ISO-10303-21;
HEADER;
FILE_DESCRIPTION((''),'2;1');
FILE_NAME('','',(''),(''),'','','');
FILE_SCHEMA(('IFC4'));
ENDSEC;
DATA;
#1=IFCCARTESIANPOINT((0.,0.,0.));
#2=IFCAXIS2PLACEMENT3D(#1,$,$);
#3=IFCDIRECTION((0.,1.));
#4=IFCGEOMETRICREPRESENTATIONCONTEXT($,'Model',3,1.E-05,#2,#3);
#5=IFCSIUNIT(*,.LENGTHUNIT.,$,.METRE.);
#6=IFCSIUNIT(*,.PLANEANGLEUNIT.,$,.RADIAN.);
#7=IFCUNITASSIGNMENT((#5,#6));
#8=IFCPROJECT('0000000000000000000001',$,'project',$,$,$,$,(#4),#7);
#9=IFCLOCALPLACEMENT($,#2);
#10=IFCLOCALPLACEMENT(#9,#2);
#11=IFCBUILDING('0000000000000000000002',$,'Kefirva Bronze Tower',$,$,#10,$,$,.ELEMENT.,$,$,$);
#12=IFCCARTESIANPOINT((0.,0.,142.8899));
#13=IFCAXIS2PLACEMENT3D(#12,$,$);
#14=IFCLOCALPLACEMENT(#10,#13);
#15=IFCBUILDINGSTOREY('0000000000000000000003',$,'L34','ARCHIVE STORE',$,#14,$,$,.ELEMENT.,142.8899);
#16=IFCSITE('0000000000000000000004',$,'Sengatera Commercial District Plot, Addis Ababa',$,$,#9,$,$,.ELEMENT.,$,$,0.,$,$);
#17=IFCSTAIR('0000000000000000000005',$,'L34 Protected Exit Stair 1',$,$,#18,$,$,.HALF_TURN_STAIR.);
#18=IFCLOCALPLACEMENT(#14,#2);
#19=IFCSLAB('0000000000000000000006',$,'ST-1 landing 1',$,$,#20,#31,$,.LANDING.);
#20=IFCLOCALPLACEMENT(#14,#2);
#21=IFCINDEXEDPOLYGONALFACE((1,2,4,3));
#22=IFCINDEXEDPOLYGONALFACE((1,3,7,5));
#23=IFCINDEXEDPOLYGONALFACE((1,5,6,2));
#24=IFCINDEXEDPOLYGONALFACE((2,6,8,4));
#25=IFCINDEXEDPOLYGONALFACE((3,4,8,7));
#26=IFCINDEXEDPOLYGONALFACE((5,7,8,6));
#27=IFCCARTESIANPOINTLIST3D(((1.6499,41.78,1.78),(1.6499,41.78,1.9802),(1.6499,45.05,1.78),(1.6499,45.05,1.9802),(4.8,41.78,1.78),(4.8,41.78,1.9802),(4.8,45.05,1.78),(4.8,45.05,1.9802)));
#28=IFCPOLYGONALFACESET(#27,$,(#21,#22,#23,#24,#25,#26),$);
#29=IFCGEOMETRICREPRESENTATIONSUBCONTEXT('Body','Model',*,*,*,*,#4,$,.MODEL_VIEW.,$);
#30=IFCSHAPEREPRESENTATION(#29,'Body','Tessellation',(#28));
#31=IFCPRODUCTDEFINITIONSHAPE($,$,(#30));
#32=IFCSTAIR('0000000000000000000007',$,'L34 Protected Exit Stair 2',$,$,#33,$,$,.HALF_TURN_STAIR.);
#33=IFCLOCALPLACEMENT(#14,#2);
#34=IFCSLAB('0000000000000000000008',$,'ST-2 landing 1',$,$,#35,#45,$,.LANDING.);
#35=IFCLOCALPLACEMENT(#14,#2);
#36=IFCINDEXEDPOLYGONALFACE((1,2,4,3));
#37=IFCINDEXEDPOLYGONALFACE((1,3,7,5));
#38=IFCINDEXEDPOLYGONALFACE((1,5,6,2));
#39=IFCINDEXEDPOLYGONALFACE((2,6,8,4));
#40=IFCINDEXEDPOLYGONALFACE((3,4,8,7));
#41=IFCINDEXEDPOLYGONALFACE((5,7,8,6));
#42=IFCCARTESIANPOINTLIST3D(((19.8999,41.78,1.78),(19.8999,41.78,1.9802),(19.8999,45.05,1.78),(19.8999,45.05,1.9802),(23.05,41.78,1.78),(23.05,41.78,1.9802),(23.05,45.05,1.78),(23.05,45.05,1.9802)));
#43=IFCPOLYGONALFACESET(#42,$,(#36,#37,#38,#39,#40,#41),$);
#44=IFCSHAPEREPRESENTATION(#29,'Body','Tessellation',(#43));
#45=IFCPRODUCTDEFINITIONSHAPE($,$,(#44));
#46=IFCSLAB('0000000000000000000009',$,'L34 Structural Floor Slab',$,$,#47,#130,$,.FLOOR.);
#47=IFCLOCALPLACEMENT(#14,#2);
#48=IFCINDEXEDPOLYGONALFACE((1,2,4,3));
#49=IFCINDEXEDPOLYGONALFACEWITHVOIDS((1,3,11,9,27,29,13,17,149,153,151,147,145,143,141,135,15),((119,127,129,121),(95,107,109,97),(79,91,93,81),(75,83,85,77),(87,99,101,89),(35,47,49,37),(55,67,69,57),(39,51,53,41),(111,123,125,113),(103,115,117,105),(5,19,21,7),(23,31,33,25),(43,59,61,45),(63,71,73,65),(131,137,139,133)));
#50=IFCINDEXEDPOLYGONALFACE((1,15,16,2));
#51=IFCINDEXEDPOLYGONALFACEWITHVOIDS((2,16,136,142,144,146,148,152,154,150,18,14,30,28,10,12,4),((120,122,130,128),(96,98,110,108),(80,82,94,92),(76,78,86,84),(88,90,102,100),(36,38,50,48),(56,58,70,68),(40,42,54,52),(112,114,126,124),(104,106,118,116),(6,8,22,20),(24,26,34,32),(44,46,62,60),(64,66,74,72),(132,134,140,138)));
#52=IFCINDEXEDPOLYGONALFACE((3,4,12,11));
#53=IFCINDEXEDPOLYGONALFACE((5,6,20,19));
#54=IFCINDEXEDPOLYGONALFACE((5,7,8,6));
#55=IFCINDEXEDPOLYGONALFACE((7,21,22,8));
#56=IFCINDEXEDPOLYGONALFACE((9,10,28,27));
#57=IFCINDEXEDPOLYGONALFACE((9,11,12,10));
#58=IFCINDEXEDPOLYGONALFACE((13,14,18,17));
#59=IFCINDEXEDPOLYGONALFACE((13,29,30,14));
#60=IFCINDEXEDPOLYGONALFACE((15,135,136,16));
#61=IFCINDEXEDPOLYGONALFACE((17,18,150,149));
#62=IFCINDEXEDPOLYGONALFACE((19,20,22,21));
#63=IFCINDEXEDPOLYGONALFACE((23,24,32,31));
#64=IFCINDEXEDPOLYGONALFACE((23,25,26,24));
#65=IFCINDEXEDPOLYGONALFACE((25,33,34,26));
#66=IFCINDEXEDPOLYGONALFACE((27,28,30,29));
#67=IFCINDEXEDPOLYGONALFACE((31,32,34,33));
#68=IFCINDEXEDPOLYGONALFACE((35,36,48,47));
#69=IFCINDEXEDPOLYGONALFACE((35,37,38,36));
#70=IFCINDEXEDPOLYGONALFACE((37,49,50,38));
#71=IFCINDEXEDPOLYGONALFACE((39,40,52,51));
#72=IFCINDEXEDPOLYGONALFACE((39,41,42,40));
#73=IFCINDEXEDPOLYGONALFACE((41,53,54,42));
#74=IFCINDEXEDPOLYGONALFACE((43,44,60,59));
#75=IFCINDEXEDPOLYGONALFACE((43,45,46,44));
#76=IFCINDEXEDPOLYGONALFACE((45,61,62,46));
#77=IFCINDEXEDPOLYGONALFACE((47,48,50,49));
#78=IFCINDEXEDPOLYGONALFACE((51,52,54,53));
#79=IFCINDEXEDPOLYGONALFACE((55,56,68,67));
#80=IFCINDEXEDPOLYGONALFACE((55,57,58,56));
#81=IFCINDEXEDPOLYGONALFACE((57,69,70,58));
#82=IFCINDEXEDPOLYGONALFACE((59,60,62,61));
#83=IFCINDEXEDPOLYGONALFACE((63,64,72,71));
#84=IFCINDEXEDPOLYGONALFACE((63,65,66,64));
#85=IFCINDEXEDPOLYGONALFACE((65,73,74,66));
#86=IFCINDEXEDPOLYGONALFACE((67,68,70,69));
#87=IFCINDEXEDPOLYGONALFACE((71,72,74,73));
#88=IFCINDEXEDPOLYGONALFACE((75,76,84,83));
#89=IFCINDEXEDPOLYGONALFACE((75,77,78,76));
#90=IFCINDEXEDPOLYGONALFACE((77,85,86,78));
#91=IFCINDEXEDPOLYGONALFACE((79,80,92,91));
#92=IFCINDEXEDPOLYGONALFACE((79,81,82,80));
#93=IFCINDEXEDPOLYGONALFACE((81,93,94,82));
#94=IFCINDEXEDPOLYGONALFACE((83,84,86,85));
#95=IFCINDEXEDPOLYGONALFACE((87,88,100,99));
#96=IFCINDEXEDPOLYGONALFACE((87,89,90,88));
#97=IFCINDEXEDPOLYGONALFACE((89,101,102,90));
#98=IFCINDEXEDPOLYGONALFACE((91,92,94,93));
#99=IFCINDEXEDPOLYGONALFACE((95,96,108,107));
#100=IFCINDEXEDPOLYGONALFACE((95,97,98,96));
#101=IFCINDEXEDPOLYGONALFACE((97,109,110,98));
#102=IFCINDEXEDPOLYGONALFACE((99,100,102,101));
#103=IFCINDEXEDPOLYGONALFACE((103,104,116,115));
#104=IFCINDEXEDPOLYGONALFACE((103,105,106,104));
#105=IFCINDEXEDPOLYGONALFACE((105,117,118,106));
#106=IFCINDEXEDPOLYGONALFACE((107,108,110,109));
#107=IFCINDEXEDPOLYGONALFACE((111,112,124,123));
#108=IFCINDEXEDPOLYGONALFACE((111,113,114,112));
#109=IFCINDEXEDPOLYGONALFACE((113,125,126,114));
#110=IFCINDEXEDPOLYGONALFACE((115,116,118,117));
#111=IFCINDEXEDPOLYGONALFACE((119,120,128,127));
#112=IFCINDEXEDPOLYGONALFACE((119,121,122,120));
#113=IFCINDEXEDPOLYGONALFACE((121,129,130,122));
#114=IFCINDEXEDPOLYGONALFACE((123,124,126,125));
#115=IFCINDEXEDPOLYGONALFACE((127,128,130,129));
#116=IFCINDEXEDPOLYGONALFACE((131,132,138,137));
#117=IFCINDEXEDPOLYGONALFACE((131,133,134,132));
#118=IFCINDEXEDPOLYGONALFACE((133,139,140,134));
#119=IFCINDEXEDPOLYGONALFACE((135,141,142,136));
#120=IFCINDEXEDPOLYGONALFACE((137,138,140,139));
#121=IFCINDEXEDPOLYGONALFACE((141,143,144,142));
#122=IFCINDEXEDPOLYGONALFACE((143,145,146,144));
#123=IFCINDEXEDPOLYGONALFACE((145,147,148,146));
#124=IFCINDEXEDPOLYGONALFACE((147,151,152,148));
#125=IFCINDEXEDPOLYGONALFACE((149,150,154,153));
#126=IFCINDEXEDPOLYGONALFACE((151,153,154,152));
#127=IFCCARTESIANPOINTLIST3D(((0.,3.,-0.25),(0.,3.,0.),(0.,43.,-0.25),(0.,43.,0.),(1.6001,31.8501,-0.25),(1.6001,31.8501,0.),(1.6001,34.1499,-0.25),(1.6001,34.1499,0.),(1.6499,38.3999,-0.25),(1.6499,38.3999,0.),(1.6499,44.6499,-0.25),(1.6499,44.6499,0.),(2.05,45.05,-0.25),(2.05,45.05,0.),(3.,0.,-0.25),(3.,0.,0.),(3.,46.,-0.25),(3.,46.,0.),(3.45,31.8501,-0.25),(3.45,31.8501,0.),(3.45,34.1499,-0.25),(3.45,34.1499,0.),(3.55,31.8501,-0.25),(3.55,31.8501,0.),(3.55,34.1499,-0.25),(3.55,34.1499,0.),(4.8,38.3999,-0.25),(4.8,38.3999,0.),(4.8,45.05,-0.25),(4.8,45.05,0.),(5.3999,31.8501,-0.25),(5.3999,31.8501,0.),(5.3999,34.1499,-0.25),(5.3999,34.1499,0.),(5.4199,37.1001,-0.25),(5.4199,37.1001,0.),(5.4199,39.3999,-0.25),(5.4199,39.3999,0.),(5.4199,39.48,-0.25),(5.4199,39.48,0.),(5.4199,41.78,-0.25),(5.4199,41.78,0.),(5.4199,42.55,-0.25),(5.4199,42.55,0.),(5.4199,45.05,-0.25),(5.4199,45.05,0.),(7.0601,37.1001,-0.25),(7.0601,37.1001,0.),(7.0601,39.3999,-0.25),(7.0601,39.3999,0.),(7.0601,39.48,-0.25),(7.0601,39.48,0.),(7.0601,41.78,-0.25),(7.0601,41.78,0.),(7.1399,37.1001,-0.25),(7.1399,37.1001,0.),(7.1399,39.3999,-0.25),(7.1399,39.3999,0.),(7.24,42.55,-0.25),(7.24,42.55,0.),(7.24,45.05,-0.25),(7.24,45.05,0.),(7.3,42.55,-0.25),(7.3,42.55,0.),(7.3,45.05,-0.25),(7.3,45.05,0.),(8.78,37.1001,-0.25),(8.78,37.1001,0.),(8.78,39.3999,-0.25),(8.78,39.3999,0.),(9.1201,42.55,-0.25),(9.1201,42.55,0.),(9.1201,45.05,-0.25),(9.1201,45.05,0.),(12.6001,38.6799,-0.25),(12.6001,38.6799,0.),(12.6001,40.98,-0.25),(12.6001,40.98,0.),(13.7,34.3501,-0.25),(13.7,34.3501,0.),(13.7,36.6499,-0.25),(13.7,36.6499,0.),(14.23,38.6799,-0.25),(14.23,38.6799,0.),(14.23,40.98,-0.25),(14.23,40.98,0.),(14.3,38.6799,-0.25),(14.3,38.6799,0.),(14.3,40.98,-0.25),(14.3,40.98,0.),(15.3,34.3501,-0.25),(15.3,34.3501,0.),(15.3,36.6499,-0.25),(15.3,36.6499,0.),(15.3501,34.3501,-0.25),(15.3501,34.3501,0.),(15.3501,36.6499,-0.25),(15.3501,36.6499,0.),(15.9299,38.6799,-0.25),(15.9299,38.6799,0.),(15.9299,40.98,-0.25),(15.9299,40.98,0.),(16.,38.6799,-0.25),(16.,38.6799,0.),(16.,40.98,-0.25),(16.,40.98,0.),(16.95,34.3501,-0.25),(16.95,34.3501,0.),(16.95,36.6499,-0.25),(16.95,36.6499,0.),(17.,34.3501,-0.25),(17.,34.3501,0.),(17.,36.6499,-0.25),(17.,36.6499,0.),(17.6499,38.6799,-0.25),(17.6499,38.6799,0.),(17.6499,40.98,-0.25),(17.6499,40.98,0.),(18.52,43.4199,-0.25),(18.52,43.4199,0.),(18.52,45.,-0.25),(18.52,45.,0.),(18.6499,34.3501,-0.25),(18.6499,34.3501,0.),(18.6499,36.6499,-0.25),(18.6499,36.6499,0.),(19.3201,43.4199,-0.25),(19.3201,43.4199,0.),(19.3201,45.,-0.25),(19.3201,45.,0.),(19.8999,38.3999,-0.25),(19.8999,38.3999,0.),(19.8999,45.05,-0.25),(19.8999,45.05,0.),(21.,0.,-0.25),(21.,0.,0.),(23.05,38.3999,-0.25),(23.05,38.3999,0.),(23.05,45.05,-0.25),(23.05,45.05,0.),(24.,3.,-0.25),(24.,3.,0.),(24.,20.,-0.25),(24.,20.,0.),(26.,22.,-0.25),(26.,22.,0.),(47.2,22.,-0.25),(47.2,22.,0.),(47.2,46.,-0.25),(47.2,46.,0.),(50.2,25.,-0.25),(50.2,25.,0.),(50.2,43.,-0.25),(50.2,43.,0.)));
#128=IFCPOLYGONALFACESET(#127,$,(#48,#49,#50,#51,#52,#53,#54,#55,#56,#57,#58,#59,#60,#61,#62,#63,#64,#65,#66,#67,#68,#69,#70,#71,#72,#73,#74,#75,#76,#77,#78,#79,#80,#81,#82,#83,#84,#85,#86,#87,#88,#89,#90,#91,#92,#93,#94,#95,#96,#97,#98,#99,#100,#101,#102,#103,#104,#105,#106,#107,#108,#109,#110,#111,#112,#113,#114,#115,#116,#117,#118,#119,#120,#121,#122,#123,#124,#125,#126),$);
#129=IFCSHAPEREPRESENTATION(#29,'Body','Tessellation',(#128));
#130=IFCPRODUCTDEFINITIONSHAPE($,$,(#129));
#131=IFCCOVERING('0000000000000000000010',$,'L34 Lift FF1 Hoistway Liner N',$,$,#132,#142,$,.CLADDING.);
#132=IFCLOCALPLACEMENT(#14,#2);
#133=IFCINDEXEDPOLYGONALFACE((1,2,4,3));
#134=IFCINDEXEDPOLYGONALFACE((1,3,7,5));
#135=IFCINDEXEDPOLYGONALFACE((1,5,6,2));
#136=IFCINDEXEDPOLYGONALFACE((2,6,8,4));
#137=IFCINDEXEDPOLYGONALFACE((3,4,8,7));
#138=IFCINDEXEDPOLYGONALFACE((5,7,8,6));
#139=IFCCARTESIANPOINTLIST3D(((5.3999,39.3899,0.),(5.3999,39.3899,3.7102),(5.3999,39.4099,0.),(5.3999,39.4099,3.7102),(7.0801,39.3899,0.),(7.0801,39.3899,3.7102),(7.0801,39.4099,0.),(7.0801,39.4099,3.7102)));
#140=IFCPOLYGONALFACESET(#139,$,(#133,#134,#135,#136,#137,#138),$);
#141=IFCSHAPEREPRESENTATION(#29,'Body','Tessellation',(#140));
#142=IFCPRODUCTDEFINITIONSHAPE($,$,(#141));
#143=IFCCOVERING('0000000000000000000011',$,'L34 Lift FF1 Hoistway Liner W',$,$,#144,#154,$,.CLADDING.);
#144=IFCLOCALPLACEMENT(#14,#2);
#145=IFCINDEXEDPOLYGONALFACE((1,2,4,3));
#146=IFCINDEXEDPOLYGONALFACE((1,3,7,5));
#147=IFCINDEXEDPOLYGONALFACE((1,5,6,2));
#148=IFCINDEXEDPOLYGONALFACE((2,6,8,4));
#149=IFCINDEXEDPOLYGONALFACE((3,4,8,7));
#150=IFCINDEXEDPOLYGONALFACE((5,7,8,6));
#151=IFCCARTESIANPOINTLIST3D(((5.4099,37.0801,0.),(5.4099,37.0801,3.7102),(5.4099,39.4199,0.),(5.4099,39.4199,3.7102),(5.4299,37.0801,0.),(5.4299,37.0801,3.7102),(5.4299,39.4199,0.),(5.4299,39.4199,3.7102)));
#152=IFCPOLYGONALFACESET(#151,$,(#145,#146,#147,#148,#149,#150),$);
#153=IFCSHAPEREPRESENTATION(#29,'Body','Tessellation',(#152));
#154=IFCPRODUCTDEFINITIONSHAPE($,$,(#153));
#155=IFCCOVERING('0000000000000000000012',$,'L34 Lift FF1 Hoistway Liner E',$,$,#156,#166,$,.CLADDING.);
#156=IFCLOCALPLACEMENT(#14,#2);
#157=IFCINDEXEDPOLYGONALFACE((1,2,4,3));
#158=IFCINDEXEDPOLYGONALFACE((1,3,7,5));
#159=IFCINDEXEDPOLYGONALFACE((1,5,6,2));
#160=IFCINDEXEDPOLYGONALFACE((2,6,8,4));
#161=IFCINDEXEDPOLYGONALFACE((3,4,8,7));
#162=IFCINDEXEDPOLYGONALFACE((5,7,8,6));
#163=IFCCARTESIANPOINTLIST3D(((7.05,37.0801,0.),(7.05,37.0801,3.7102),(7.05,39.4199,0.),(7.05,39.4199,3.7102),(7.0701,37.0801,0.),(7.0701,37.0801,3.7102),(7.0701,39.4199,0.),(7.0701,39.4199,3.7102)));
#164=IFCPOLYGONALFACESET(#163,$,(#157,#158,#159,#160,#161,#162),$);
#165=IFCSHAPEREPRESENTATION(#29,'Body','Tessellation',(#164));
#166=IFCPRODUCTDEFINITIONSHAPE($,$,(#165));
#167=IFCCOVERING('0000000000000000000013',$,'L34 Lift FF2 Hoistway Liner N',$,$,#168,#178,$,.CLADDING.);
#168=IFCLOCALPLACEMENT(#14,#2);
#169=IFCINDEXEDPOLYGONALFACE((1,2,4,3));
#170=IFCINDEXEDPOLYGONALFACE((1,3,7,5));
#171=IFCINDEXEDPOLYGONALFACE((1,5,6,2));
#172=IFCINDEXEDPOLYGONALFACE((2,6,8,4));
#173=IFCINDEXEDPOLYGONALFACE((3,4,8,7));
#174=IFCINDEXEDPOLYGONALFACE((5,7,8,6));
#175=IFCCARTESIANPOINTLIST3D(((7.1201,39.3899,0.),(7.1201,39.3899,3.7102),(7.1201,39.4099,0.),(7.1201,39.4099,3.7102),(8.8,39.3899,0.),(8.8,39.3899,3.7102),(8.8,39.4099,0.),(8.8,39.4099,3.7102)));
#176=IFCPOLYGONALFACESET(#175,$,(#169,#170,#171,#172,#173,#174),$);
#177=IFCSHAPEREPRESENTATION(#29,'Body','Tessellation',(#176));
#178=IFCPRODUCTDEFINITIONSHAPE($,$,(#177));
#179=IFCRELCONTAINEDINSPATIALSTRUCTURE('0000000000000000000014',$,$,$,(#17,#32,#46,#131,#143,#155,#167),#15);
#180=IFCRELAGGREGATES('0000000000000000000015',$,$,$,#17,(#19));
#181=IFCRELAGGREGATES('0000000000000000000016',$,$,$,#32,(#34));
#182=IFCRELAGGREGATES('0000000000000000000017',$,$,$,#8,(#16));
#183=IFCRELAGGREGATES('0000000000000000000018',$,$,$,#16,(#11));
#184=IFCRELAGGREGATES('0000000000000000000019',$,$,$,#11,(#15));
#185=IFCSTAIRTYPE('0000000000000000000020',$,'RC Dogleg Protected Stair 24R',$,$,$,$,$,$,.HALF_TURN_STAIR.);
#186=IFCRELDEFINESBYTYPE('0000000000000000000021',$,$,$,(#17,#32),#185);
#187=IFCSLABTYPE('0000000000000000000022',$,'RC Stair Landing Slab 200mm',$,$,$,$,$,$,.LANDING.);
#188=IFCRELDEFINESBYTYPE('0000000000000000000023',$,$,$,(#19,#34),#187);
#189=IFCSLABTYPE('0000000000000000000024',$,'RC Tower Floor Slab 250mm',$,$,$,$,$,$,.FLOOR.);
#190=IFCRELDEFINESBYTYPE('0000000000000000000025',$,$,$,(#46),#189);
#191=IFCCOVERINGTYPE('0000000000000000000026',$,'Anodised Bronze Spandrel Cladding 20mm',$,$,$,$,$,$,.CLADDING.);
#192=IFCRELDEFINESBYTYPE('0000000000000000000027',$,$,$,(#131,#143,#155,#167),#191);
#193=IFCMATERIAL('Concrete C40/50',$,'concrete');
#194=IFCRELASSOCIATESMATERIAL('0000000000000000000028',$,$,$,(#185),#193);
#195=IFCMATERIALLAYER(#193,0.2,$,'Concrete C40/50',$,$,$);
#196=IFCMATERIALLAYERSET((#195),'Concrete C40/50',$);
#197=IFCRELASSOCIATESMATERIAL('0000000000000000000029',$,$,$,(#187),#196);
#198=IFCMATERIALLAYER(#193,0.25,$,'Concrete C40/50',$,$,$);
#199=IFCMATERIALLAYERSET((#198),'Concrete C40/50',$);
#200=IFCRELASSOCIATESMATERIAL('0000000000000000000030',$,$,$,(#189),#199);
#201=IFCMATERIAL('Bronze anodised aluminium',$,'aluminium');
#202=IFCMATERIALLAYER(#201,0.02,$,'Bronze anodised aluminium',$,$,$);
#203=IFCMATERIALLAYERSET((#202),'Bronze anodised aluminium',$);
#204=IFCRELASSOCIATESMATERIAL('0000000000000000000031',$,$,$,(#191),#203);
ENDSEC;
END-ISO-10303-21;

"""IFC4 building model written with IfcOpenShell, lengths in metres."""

from ifc_helpers import new_model, si_unit, direction, frame, origin, place, context, subcontext, project, spatial, polyline, outline, extrude, material, layer, layer_set, type_object, element, aggregate, save


model = new_model("IFC4")

# Units and contexts
model_context = context("Model", 3, precision=1e-05, world=origin(), true_north=direction((0.0, 1.0)))
body_context = subcontext(model_context, "Body", "Model", "MODEL_VIEW")
ifc_project = project(units=[si_unit("LENGTHUNIT", "METRE"), si_unit("PLANEANGLEUNIT", "RADIAN")], contexts=[model_context])

# Site, building, storey
site_placement = place(None, origin())
site = spatial("IfcSite", under=ifc_project, at=site_placement, Name="Sengatera Commercial District Plot, Addis Ababa", CompositionType="ELEMENT", RefElevation=0.0)
building_placement = place(site_placement, origin())
building = spatial("IfcBuilding", under=site, at=building_placement, Name="Kefirva Bronze Tower", CompositionType="ELEMENT")
storey_placement = place(building_placement, frame((0.0, 0.0, 142.8899)))
storey = spatial("IfcBuildingStorey", under=building, at=storey_placement, Name="L34", Description="ARCHIVE STORE", CompositionType="ELEMENT", Elevation=142.8899)

# Stairs, slabs
ifc_material_1 = material(Name="Concrete C40/50", Category="concrete")
stair_type = type_object("IfcStairType", Name="RC Dogleg Protected Stair 24R", PredefinedType="HALF_TURN_STAIR", material=ifc_material_1)
stair_1_placement = place(storey_placement, origin())
stair_1 = element("IfcStair", 1, at=stair_1_placement, inside=storey, type_object=stair_type, Name="L34 Protected Exit Stair 1", PredefinedType="HALF_TURN_STAIR")
ifc_layer_1 = layer(ifc_material_1, 0.2, Name="Concrete C40/50")
ifc_layer_set_1 = layer_set([ifc_layer_1], Name="Concrete C40/50")
slab_type_1 = type_object("IfcSlabType", Name="RC Stair Landing Slab 200mm", PredefinedType="LANDING", material=ifc_layer_set_1)
slab_1_placement = place(storey_placement, frame((0.0, 0.0, 1.78)))
slab_1 = element("IfcSlab", 2, at=slab_1_placement, type_object=slab_type_1, Name="ST-1 landing 1", PredefinedType="LANDING", context=body_context, shape_type="SweptSolid", body=[
    extrude(outline(polyline([(4.8, 41.78), (4.8, 45.05), (1.6499, 45.05), (1.6499, 41.78), (4.8, 41.78)])), origin(), (0.0, 0.0, 1.0), 0.2002),
])
aggregate(stair_1, [slab_1])
stair_2_placement = place(storey_placement, origin())
stair_2 = element("IfcStair", 3, at=stair_2_placement, inside=storey, type_object=stair_type, Name="L34 Protected Exit Stair 2", PredefinedType="HALF_TURN_STAIR")
slab_2_placement = place(storey_placement, frame((0.0, 0.0, 1.78)))
slab_2 = element("IfcSlab", 4, at=slab_2_placement, type_object=slab_type_1, Name="ST-2 landing 1", PredefinedType="LANDING", context=body_context, shape_type="SweptSolid", body=[
    extrude(outline(polyline([(23.05, 41.78), (23.05, 45.05), (19.8999, 45.05), (19.8999, 41.78), (23.05, 41.78)])), origin(), (0.0, 0.0, 1.0), 0.2002),
])
aggregate(stair_2, [slab_2])

# Slab
ifc_layer_2 = layer(ifc_material_1, 0.25, Name="Concrete C40/50")
ifc_layer_set_2 = layer_set([ifc_layer_2], Name="Concrete C40/50")
slab_type_2 = type_object("IfcSlabType", Name="RC Tower Floor Slab 250mm", PredefinedType="FLOOR", material=ifc_layer_set_2)
slab_3_placement = place(storey_placement, frame((0.0, 0.0, -0.25)))
element("IfcSlab", 5, at=slab_3_placement, inside=storey, type_object=slab_type_2, Name="L34 Structural Floor Slab", PredefinedType="FLOOR", context=body_context, shape_type="SweptSolid", body=[
    extrude(outline(polyline([(0.0, 3.0), (0.0, 43.0), (1.6499, 44.6499), (1.6499, 38.3999), (4.8, 38.3999), (4.8, 45.05), (2.05, 45.05), (3.0, 46.0), (47.2, 46.0), (50.2, 43.0), (50.2, 25.0), (47.2, 22.0), (26.0, 22.0), (24.0, 20.0), (24.0, 3.0), (21.0, 0.0), (3.0, 0.0), (0.0, 3.0)]), holes=[polyline([(23.05, 38.3999), (23.05, 45.05), (19.8999, 45.05), (19.8999, 38.3999), (23.05, 38.3999)]), polyline([(19.3201, 43.4199), (19.3201, 45.0), (18.52, 45.0), (18.52, 43.4199), (19.3201, 43.4199)]), polyline([(18.6499, 34.3501), (18.6499, 36.6499), (17.0, 36.6499), (17.0, 34.3501), (18.6499, 34.3501)]), polyline([(17.6499, 38.6799), (17.6499, 40.98), (16.0, 40.98), (16.0, 38.6799), (17.6499, 38.6799)]), polyline([(16.95, 34.3501), (16.95, 36.6499), (15.3501, 36.6499), (15.3501, 34.3501), (16.95, 34.3501)]), polyline([(15.9299, 38.6799), (15.9299, 40.98), (14.3, 40.98), (14.3, 38.6799), (15.9299, 38.6799)]), polyline([(15.3, 34.3501), (15.3, 36.6499), (13.7, 36.6499), (13.7, 34.3501), (15.3, 34.3501)]), polyline([(14.23, 38.6799), (14.23, 40.98), (12.6001, 40.98), (12.6001, 38.6799), (14.23, 38.6799)]), polyline([(9.1201, 42.55), (9.1201, 45.05), (7.3, 45.05), (7.3, 42.55), (9.1201, 42.55)]), polyline([(8.78, 37.1001), (8.78, 39.3999), (7.1399, 39.3999), (7.1399, 37.1001), (8.78, 37.1001)]), polyline([(7.24, 42.55), (7.24, 45.05), (5.4199, 45.05), (5.4199, 42.55), (7.24, 42.55)]), polyline([(7.0601, 37.1001), (7.0601, 39.3999), (5.4199, 39.3999), (5.4199, 37.1001), (7.0601, 37.1001)]), polyline([(7.0601, 39.48), (7.0601, 41.78), (5.4199, 41.78), (5.4199, 39.48), (7.0601, 39.48)]), polyline([(5.3999, 31.8501), (5.3999, 34.1499), (3.55, 34.1499), (3.55, 31.8501), (5.3999, 31.8501)]), polyline([(3.45, 31.8501), (3.45, 34.1499), (1.6001, 34.1499), (1.6001, 31.8501), (3.45, 31.8501)])]), origin(), (0.0, 0.0, 1.0), 0.25),
])

# Coverings
ifc_material_2 = material(Name="Bronze anodised aluminium", Category="aluminium")
ifc_layer_3 = layer(ifc_material_2, 0.02, Name="Bronze anodised aluminium")
ifc_layer_set_3 = layer_set([ifc_layer_3], Name="Bronze anodised aluminium")
covering_type = type_object("IfcCoveringType", Name="Anodised Bronze Spandrel Cladding 20mm", PredefinedType="CLADDING", material=ifc_layer_set_3)
covering_1_placement = place(storey_placement, origin())
element("IfcCovering", 6, at=covering_1_placement, inside=storey, type_object=covering_type, Name="L34 Lift FF1 Hoistway Liner N", PredefinedType="CLADDING", context=body_context, shape_type="SweptSolid", body=[
    extrude(outline(polyline([(5.3999, 39.3899), (7.0801, 39.3899), (7.0801, 39.4099), (5.3999, 39.4099), (5.3999, 39.3899)])), origin(), (0.0, 0.0, 1.0), 3.7102),
])
covering_2_placement = place(storey_placement, origin())
element("IfcCovering", 7, at=covering_2_placement, inside=storey, type_object=covering_type, Name="L34 Lift FF1 Hoistway Liner W", PredefinedType="CLADDING", context=body_context, shape_type="SweptSolid", body=[
    extrude(outline(polyline([(5.4099, 37.0801), (5.4299, 37.0801), (5.4299, 39.4199), (5.4099, 39.4199), (5.4099, 37.0801)])), origin(), (0.0, 0.0, 1.0), 3.7102),
])
covering_3_placement = place(storey_placement, origin())
element("IfcCovering", 8, at=covering_3_placement, inside=storey, type_object=covering_type, Name="L34 Lift FF1 Hoistway Liner E", PredefinedType="CLADDING", context=body_context, shape_type="SweptSolid", body=[
    extrude(outline(polyline([(7.05, 37.0801), (7.0701, 37.0801), (7.0701, 39.4199), (7.05, 39.4199), (7.05, 37.0801)])), origin(), (0.0, 0.0, 1.0), 3.7102),
])
covering_4_placement = place(storey_placement, origin())
element("IfcCovering", 9, at=covering_4_placement, inside=storey, type_object=covering_type, Name="L34 Lift FF2 Hoistway Liner N", PredefinedType="CLADDING", context=body_context, shape_type="SweptSolid", body=[
    extrude(outline(polyline([(7.1201, 39.3899), (8.8, 39.3899), (8.8, 39.4099), (7.1201, 39.4099), (7.1201, 39.3899)])), origin(), (0.0, 0.0, 1.0), 3.7102),
])

save(model, "model.ifc")
